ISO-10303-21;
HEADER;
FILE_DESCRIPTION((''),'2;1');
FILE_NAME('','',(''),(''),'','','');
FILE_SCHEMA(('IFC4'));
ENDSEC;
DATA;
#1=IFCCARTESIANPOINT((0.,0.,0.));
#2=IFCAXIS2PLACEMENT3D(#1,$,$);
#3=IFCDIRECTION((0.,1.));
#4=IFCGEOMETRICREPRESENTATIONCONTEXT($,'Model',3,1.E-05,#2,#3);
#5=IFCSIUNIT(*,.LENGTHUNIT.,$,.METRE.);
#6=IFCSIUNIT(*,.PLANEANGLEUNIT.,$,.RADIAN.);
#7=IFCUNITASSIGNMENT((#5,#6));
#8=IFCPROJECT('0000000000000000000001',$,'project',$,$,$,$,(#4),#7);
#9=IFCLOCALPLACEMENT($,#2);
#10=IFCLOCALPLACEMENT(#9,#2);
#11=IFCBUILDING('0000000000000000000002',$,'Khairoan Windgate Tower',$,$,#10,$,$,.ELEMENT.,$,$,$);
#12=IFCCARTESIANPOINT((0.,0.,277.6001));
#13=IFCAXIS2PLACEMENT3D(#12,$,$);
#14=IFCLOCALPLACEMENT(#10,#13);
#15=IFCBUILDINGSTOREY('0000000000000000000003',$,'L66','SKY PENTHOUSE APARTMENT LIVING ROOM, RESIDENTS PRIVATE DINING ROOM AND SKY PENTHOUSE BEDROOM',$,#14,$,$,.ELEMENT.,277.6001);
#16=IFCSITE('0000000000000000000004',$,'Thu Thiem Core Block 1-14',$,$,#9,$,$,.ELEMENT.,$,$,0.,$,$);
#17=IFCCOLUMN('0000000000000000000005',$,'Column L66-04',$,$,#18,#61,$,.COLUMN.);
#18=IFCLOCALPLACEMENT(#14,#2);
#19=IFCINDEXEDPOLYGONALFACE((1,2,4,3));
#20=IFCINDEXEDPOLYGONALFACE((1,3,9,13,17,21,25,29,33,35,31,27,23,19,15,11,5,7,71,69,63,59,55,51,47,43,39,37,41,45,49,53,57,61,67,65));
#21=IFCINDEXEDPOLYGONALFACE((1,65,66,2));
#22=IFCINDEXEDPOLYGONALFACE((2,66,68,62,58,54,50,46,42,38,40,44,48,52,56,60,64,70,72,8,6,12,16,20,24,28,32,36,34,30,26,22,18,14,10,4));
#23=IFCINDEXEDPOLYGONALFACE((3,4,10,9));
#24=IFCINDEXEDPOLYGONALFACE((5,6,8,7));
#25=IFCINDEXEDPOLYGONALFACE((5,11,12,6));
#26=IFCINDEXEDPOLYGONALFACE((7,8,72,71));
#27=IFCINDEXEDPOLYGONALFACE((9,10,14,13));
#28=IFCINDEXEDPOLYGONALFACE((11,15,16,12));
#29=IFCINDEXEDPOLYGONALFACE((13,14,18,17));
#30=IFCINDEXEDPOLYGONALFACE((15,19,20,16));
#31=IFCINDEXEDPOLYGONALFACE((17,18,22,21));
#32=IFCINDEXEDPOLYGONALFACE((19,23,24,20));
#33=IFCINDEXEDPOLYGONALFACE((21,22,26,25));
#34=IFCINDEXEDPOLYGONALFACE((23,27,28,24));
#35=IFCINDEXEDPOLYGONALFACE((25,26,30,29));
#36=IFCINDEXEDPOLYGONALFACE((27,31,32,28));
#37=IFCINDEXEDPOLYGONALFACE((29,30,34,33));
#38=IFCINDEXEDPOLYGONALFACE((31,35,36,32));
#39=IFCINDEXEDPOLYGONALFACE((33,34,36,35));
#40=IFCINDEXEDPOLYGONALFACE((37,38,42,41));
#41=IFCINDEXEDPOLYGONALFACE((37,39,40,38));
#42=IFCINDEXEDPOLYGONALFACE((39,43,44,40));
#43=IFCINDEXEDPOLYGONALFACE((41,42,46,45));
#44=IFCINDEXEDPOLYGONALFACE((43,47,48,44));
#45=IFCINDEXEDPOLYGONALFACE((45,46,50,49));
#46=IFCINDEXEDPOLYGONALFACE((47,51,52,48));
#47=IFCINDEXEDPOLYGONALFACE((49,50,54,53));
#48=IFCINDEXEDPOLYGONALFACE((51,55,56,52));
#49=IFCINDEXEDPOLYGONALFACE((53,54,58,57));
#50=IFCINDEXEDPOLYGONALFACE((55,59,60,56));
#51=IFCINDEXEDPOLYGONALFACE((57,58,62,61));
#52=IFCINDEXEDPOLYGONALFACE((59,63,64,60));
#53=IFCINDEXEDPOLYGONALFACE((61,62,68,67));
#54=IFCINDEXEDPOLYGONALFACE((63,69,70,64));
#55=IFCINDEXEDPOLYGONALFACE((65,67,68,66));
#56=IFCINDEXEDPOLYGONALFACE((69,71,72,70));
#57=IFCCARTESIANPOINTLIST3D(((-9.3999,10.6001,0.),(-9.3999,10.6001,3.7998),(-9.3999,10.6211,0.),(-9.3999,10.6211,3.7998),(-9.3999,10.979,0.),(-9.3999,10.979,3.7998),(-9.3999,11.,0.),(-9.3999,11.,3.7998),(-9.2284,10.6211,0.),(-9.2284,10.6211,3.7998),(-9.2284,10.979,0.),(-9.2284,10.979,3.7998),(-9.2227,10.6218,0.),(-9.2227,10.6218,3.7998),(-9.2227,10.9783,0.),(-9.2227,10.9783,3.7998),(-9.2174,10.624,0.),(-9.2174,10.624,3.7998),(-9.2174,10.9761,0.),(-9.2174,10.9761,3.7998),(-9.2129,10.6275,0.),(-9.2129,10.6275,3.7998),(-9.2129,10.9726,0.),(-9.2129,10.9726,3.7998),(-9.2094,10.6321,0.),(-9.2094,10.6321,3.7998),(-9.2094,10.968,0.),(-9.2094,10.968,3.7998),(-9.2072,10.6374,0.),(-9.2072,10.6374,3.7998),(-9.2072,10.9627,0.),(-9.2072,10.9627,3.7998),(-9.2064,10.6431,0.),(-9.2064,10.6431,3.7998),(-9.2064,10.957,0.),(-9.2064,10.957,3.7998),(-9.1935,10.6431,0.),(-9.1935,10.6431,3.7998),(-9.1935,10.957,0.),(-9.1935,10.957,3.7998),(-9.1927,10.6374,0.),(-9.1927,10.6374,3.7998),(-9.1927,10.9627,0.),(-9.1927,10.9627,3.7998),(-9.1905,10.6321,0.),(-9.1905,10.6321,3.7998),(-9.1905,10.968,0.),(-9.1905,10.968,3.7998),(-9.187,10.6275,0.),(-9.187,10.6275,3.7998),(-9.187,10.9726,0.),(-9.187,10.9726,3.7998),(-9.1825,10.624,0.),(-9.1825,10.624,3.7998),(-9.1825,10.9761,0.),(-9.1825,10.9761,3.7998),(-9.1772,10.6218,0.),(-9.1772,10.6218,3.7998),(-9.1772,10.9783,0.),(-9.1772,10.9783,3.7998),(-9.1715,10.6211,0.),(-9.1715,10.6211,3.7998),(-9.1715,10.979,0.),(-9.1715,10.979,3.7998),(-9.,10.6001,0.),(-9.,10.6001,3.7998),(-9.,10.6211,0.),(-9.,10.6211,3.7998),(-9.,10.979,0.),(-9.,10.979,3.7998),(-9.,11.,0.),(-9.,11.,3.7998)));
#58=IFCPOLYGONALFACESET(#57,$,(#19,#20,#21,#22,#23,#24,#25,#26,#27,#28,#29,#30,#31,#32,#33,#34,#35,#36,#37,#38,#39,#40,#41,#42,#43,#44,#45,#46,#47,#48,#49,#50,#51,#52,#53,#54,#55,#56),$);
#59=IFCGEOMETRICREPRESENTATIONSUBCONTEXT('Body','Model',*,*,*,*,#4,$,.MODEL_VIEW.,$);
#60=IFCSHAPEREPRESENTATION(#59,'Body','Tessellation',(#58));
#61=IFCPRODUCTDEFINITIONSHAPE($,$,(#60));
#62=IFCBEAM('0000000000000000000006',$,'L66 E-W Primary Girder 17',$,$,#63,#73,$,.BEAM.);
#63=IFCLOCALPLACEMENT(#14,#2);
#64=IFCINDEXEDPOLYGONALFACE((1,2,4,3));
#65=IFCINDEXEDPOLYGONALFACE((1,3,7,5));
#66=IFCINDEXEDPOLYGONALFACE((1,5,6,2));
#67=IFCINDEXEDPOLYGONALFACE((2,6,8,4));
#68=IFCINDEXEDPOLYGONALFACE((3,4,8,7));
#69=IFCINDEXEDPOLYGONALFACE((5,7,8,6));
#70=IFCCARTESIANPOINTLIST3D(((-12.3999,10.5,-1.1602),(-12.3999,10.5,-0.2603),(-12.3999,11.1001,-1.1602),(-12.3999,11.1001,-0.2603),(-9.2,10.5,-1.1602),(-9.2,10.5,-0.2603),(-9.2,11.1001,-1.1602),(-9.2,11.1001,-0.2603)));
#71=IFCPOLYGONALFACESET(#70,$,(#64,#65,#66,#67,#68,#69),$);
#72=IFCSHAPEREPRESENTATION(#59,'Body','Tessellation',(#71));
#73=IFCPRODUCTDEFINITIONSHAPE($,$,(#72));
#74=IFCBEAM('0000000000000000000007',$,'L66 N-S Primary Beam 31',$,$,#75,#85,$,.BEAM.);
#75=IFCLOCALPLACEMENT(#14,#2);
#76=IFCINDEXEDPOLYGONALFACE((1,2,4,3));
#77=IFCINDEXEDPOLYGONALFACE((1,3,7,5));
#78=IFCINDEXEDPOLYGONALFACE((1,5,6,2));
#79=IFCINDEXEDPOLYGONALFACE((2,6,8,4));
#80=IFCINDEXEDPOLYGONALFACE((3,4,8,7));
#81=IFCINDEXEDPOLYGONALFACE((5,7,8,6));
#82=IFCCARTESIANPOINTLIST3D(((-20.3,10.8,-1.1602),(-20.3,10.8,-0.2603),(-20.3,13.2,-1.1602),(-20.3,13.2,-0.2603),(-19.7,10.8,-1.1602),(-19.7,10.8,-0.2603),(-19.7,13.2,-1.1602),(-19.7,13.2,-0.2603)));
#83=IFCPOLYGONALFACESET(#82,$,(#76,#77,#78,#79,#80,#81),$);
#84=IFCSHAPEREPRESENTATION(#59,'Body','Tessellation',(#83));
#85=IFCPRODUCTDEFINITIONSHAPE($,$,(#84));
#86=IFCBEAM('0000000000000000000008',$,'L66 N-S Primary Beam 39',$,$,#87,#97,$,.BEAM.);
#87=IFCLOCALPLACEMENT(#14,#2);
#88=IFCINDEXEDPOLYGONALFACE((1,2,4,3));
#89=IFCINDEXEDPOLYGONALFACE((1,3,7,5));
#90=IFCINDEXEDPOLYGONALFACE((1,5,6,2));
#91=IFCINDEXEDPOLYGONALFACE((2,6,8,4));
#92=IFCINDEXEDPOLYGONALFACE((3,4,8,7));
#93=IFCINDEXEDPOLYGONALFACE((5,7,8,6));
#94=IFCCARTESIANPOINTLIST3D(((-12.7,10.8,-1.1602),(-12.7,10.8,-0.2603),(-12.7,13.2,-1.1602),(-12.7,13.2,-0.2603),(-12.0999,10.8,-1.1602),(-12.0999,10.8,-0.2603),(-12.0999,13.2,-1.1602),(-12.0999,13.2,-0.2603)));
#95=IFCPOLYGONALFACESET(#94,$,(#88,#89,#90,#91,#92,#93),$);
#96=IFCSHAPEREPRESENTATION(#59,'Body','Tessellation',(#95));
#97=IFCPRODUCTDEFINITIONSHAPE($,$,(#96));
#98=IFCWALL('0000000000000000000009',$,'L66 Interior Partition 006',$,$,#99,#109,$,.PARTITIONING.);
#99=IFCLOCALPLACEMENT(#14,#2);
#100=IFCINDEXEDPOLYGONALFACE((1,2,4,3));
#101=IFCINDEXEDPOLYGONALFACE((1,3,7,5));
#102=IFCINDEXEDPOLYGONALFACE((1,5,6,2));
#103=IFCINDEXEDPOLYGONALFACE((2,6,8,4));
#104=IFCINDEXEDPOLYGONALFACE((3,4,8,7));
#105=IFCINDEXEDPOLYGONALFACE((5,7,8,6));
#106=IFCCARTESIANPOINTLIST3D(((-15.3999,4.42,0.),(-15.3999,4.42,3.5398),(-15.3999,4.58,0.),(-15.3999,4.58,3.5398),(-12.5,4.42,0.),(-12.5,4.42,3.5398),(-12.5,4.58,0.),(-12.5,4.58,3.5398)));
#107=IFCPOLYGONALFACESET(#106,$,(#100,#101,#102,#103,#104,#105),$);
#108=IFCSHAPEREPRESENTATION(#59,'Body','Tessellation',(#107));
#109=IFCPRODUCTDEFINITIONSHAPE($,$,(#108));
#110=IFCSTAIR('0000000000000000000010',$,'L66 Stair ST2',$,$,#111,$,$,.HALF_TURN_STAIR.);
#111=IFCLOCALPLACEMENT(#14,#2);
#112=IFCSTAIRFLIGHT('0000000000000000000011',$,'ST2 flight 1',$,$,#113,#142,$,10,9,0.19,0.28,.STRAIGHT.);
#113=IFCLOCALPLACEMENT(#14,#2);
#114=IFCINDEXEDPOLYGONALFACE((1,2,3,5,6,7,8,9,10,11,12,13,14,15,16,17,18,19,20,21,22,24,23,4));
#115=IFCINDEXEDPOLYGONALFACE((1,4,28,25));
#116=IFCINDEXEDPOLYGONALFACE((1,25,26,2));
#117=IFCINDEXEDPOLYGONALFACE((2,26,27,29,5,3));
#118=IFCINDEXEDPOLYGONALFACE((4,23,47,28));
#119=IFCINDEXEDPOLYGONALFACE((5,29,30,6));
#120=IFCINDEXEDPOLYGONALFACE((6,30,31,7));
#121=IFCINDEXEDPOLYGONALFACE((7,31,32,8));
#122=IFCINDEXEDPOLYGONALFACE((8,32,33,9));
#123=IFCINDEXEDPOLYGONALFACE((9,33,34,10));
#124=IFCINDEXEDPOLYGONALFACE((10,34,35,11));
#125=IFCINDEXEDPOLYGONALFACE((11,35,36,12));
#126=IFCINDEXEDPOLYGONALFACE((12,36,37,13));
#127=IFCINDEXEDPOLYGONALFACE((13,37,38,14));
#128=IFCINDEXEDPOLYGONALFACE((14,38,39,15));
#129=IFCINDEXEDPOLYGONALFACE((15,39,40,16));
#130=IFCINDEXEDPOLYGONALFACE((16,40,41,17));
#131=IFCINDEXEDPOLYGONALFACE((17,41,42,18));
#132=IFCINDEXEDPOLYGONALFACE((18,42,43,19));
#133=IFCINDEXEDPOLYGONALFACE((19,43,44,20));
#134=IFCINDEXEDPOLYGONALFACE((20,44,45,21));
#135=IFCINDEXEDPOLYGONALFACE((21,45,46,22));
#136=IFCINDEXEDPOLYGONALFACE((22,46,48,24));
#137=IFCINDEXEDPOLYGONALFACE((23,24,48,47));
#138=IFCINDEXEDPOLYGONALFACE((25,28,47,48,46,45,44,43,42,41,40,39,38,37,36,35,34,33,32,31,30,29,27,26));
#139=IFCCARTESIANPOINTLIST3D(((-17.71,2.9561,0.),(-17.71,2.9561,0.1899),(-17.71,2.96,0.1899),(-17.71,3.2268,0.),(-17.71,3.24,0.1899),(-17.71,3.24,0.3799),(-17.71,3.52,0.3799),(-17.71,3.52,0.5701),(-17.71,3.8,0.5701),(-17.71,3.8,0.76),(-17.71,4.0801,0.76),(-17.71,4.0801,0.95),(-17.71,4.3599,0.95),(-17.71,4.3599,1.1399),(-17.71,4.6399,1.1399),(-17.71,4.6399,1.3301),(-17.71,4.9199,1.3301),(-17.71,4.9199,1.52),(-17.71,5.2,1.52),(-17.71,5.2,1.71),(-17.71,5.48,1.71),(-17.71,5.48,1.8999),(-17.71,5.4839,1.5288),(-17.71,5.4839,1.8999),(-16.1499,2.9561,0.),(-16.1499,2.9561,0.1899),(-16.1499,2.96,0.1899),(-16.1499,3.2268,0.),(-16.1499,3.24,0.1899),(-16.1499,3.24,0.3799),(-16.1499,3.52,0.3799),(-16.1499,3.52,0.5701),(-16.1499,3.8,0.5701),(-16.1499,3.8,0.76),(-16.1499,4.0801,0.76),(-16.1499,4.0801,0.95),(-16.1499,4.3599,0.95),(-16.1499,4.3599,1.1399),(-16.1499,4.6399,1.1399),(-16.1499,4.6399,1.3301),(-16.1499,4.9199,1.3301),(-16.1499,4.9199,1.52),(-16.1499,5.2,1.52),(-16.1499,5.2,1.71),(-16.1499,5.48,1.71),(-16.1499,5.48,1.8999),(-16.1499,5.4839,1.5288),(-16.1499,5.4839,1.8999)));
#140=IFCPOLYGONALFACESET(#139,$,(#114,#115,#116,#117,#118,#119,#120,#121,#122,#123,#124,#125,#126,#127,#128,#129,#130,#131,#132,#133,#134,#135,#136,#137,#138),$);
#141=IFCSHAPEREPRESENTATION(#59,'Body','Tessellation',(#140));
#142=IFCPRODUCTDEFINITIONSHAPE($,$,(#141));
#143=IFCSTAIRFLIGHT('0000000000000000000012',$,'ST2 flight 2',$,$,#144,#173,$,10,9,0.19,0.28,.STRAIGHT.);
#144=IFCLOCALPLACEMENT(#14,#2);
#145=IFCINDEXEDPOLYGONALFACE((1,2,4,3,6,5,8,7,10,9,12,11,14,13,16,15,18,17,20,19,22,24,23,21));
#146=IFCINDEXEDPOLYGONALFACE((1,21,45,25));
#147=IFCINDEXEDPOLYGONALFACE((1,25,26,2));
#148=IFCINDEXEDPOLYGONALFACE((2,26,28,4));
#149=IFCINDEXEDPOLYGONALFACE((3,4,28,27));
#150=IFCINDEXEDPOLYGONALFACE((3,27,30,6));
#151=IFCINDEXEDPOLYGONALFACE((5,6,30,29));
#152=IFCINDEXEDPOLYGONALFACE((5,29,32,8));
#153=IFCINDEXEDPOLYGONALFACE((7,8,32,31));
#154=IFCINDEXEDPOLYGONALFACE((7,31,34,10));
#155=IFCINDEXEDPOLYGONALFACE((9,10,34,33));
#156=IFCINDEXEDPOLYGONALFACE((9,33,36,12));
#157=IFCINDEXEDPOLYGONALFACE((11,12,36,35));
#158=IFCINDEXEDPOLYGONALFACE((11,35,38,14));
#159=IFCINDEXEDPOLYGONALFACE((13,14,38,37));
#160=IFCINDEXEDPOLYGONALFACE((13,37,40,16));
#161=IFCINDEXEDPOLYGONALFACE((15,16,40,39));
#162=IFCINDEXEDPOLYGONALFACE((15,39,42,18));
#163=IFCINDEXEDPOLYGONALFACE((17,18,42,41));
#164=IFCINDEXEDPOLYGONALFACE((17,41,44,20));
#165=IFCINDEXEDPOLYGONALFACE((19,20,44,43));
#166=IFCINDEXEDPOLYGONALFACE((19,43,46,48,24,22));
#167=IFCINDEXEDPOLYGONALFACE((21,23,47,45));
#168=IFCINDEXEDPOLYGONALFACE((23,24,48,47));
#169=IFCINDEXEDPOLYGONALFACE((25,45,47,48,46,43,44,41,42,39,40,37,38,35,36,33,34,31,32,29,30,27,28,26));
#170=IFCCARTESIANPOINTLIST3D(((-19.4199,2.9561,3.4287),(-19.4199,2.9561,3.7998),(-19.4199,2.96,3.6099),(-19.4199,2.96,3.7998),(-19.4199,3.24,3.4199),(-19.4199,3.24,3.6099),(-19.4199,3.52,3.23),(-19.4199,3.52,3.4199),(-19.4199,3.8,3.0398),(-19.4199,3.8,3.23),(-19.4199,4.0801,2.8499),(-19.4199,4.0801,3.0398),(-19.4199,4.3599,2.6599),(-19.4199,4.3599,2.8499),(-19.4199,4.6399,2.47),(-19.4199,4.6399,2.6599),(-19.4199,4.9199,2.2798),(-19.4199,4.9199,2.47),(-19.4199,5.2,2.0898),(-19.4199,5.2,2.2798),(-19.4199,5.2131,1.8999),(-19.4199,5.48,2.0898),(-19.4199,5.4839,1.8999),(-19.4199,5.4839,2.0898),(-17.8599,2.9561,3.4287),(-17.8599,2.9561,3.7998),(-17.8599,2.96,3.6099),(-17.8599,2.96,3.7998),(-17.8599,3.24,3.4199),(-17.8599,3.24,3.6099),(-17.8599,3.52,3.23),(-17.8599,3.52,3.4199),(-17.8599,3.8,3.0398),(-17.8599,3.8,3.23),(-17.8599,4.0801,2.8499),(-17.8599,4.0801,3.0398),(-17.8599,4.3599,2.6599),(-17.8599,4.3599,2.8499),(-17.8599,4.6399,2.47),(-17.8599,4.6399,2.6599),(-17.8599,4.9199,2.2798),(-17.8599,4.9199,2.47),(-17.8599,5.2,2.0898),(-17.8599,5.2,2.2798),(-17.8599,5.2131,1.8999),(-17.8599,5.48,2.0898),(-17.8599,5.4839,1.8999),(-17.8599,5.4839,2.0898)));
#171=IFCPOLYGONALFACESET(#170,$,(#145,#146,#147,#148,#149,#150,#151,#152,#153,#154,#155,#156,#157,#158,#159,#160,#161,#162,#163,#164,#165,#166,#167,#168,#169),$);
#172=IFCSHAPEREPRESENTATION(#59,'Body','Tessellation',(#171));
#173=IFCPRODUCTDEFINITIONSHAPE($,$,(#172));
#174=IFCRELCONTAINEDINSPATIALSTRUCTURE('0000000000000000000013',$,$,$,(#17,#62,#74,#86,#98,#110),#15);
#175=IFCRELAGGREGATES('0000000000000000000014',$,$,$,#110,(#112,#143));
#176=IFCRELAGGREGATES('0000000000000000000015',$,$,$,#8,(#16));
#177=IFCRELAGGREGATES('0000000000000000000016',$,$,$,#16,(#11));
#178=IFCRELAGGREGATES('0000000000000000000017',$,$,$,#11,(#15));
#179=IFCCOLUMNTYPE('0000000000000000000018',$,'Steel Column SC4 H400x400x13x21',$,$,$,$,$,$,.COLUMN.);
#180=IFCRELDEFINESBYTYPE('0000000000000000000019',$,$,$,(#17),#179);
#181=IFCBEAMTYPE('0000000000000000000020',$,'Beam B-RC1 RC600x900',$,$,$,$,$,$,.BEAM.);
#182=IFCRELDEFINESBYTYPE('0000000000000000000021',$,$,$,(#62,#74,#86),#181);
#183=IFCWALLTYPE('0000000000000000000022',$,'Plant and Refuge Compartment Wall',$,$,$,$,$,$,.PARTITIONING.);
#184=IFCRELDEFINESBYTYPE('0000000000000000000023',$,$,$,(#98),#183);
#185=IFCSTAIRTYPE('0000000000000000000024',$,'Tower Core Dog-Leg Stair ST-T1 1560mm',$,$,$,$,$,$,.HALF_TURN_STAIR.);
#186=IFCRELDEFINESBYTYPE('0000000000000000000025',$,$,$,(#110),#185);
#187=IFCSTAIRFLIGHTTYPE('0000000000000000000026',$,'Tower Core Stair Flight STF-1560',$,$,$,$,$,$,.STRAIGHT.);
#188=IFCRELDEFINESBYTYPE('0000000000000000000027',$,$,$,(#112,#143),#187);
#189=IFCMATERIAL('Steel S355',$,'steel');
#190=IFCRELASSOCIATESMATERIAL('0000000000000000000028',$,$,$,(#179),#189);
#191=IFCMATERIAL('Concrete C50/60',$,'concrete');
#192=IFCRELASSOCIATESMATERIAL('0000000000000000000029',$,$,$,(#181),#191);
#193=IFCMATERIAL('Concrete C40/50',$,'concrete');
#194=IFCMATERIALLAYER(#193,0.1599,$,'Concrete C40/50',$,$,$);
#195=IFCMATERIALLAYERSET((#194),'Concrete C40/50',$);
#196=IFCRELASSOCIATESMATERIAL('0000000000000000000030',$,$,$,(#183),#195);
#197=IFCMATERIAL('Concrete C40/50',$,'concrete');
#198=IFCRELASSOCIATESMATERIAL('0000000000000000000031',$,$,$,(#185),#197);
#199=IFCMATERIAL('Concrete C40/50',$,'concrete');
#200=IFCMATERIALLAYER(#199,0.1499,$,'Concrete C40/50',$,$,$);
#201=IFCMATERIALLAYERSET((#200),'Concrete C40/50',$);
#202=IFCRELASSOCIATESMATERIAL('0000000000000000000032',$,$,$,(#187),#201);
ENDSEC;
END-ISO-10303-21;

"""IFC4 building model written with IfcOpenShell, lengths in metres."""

from ifc_helpers import new_model, si_unit, direction, frame, frame_2d, origin, origin_2d, place, context, subcontext, project, spatial, polyline, rectangle, i_section, outline, extrude, material, layer, layer_set, material_profile, profile_set, type_object, element, aggregate, save


model = new_model("IFC4")

# Units and contexts
model_context = context("Model", 3, precision=1e-05, world=origin(), true_north=direction((0.0, 1.0)))
body_context = subcontext(model_context, "Body", "Model", "MODEL_VIEW")
ifc_project = project(units=[si_unit("LENGTHUNIT", "METRE"), si_unit("PLANEANGLEUNIT", "RADIAN")], contexts=[model_context])

# Site, building, storey
site_placement = place(None, origin())
site = spatial("IfcSite", under=ifc_project, at=site_placement, Name="Thu Thiem Core Block 1-14", CompositionType="ELEMENT", RefElevation=0.0)
building_placement = place(site_placement, origin())
building = spatial("IfcBuilding", under=site, at=building_placement, Name="Khairoan Windgate Tower", CompositionType="ELEMENT")
storey_placement = place(building_placement, frame((0.0, 0.0, 277.6001)))
storey = spatial("IfcBuildingStorey", under=building, at=storey_placement, Name="L66", Description="SKY PENTHOUSE APARTMENT LIVING ROOM, RESIDENTS PRIVATE DINING ROOM AND SKY PENTHOUSE BEDROOM", CompositionType="ELEMENT", Elevation=277.6001)

# Column
ifc_material_1 = material(Name="Steel S355", Category="steel")
ifc_material_profile_1 = material_profile(ifc_material_1, i_section(OverallWidth=0.3999, OverallDepth=0.3999, WebThickness=0.0129, FlangeThickness=0.021, FilletRadius=0.022, at=origin_2d()))
ifc_profile_set_1 = profile_set([ifc_material_profile_1], Name="Steel S355")
column_type = type_object("IfcColumnType", Name="Steel Column SC4 H400x400x13x21", PredefinedType="COLUMN", material=ifc_profile_set_1)
column_placement = place(storey_placement, frame((-9.2, 10.8, 0.0), z_axis=(0.0, 0.0, 1.0), x_axis=(1.0, 0.0, 0.0)))
element("IfcColumn", 1, at=column_placement, inside=storey, type_object=column_type, Name="Column L66-04", PredefinedType="COLUMN", context=body_context, shape_type="SweptSolid", body=[
    extrude(i_section(OverallWidth=0.3999, OverallDepth=0.3999, WebThickness=0.0129, FlangeThickness=0.021, FilletRadius=0.022, at=origin_2d()), origin(), (0.0, 0.0, 1.0), 3.7998),
])

# Beams
ifc_material_2 = material(Name="Concrete C50/60", Category="concrete")
ifc_material_profile_2 = material_profile(ifc_material_2, rectangle(XDim=0.6001, YDim=0.8999, at=origin_2d()))
ifc_profile_set_2 = profile_set([ifc_material_profile_2], Name="Concrete C50/60")
beam_type = type_object("IfcBeamType", Name="Beam B-RC1 RC600x900", PredefinedType="BEAM", material=ifc_profile_set_2)
beam_placement = place(storey_placement, frame((-12.3999, 10.8, -0.7102), z_axis=(1.0, 0.0, 0.0), x_axis=(0.0, 1.0, 0.0)))
element("IfcBeam", 2, at=beam_placement, inside=storey, type_object=beam_type, Name="L66 E-W Primary Girder 17", PredefinedType="BEAM", context=body_context, shape_type="SweptSolid", body=[
    extrude(rectangle(XDim=0.6001, YDim=0.8999, at=origin_2d()), origin(), (0.0, 0.0, 1.0), 3.2),
])
for number, where, z_axis, x_axis, name in (
    (3, (-20.0, 10.8, -0.7102), (0.0, 1.0, 0.0), (-1.0, 0.0, 0.0), "L66 N-S Primary Beam 31"),
    (4, (-12.3999, 10.8, -0.7102), (0.0, 1.0, 0.0), (-1.0, 0.0, 0.0), "L66 N-S Primary Beam 39"),
):
    element("IfcBeam", number, at=place(storey_placement, frame(where, z_axis=z_axis, x_axis=x_axis)), inside=storey, type_object=beam_type, Name=name, PredefinedType="BEAM", context=body_context, shape_type="SweptSolid", body=[
        extrude(rectangle(XDim=0.6001, YDim=0.8999, at=origin_2d()), origin(), (0.0, 0.0, 1.0), 2.3999),
    ])

# Wall
ifc_material_3 = material(Name="Concrete C40/50", Category="concrete")
ifc_layer_1 = layer(ifc_material_3, 0.1599, Name="Concrete C40/50")
ifc_layer_set_1 = layer_set([ifc_layer_1], Name="Concrete C40/50")
wall_type = type_object("IfcWallType", Name="Plant and Refuge Compartment Wall", PredefinedType="PARTITIONING", material=ifc_layer_set_1)
wall_placement = place(storey_placement, frame((-15.3999, 4.5, 0.0), z_axis=(0.0, 0.0, 1.0), x_axis=(1.0, 0.0, 0.0)))
element("IfcWall", 5, at=wall_placement, inside=storey, type_object=wall_type, Name="L66 Interior Partition 006", PredefinedType="PARTITIONING", context=body_context, shape_type="SweptSolid", body=[
    extrude(rectangle(XDim=2.8999, YDim=0.1599, at=frame_2d((1.45, 0.0))), origin(), (0.0, 0.0, 1.0), 3.5398),
])

# Stair, stair flights
ifc_material_4 = material(Name="Concrete C40/50", Category="concrete")
stair_type = type_object("IfcStairType", Name="Tower Core Dog-Leg Stair ST-T1 1560mm", PredefinedType="HALF_TURN_STAIR", material=ifc_material_4)
stair_placement = place(storey_placement, origin())
stair = element("IfcStair", 6, at=stair_placement, inside=storey, type_object=stair_type, Name="L66 Stair ST2", PredefinedType="HALF_TURN_STAIR")
ifc_material_5 = material(Name="Concrete C40/50", Category="concrete")
ifc_layer_2 = layer(ifc_material_5, 0.1499, Name="Concrete C40/50")
ifc_layer_set_2 = layer_set([ifc_layer_2], Name="Concrete C40/50")
stair_flight_type = type_object("IfcStairFlightType", Name="Tower Core Stair Flight STF-1560", PredefinedType="STRAIGHT", material=ifc_layer_set_2)
stair_flight_1_placement = place(storey_placement, frame((-16.9299, 2.96, 0.0), z_axis=(0.0, 0.0, 1.0), x_axis=(0.0, 1.0, 0.0)))
stair_flight_1 = element("IfcStairFlight", 7, at=stair_flight_1_placement, type_object=stair_flight_type, Name="ST2 flight 1", NumberOfRisers=10, NumberOfTreads=9, PredefinedType="STRAIGHT", RiserHeight=0.19, TreadLength=0.28, context=body_context, shape_type="SweptSolid", body=[
    extrude(outline(polyline([(-0.0039, 0.0), (-0.0039, 0.1899), (0.0, 0.1899), (0.28, 0.1899), (0.28, 0.3799), (0.5601, 0.3799), (0.5601, 0.5701), (0.8401, 0.5701), (0.8401, 0.76), (1.1201, 0.76), (1.1201, 0.95), (1.3999, 0.95), (1.3999, 1.1399), (1.6799, 1.1399), (1.6799, 1.3301), (1.96, 1.3301), (1.96, 1.52), (2.24, 1.52), (2.24, 1.71), (2.52, 1.71), (2.52, 1.8999), (2.5239, 1.8999), (2.5239, 1.5288), (0.2668, 0.0), (-0.0039, 0.0)])), frame((0.0, 0.78, 0.0), z_axis=(0.0, -1.0, 0.0), x_axis=(1.0, 0.0, 0.0)), (0.0, 0.0, 1.0), 1.5601),
])
stair_flight_2_placement = place(storey_placement, frame((-18.6399, 5.48, 1.8999), z_axis=(0.0, 0.0, 1.0), x_axis=(0.0, -1.0, 0.0)))
stair_flight_2 = element("IfcStairFlight", 8, at=stair_flight_2_placement, type_object=stair_flight_type, Name="ST2 flight 2", NumberOfRisers=10, NumberOfTreads=9, PredefinedType="STRAIGHT", RiserHeight=0.19, TreadLength=0.28, context=body_context, shape_type="SweptSolid", body=[
    extrude(outline(polyline([(-0.0039, 0.0), (-0.0039, 0.1899), (0.0, 0.1899), (0.28, 0.1899), (0.28, 0.3799), (0.5601, 0.3799), (0.5601, 0.5701), (0.8401, 0.5701), (0.8401, 0.76), (1.1201, 0.76), (1.1201, 0.95), (1.3999, 0.95), (1.3999, 1.1399), (1.6799, 1.1399), (1.6799, 1.3301), (1.96, 1.3301), (1.96, 1.52), (2.24, 1.52), (2.24, 1.71), (2.52, 1.71), (2.52, 1.8999), (2.5239, 1.8999), (2.5239, 1.5288), (0.2668, 0.0), (-0.0039, 0.0)])), frame((0.0, 0.78, 0.0), z_axis=(0.0, -1.0, 0.0), x_axis=(1.0, 0.0, 0.0)), (0.0, 0.0, 1.0), 1.5601),
])
aggregate(stair, [stair_flight_1, stair_flight_2])

save(model, "model.ifc")
